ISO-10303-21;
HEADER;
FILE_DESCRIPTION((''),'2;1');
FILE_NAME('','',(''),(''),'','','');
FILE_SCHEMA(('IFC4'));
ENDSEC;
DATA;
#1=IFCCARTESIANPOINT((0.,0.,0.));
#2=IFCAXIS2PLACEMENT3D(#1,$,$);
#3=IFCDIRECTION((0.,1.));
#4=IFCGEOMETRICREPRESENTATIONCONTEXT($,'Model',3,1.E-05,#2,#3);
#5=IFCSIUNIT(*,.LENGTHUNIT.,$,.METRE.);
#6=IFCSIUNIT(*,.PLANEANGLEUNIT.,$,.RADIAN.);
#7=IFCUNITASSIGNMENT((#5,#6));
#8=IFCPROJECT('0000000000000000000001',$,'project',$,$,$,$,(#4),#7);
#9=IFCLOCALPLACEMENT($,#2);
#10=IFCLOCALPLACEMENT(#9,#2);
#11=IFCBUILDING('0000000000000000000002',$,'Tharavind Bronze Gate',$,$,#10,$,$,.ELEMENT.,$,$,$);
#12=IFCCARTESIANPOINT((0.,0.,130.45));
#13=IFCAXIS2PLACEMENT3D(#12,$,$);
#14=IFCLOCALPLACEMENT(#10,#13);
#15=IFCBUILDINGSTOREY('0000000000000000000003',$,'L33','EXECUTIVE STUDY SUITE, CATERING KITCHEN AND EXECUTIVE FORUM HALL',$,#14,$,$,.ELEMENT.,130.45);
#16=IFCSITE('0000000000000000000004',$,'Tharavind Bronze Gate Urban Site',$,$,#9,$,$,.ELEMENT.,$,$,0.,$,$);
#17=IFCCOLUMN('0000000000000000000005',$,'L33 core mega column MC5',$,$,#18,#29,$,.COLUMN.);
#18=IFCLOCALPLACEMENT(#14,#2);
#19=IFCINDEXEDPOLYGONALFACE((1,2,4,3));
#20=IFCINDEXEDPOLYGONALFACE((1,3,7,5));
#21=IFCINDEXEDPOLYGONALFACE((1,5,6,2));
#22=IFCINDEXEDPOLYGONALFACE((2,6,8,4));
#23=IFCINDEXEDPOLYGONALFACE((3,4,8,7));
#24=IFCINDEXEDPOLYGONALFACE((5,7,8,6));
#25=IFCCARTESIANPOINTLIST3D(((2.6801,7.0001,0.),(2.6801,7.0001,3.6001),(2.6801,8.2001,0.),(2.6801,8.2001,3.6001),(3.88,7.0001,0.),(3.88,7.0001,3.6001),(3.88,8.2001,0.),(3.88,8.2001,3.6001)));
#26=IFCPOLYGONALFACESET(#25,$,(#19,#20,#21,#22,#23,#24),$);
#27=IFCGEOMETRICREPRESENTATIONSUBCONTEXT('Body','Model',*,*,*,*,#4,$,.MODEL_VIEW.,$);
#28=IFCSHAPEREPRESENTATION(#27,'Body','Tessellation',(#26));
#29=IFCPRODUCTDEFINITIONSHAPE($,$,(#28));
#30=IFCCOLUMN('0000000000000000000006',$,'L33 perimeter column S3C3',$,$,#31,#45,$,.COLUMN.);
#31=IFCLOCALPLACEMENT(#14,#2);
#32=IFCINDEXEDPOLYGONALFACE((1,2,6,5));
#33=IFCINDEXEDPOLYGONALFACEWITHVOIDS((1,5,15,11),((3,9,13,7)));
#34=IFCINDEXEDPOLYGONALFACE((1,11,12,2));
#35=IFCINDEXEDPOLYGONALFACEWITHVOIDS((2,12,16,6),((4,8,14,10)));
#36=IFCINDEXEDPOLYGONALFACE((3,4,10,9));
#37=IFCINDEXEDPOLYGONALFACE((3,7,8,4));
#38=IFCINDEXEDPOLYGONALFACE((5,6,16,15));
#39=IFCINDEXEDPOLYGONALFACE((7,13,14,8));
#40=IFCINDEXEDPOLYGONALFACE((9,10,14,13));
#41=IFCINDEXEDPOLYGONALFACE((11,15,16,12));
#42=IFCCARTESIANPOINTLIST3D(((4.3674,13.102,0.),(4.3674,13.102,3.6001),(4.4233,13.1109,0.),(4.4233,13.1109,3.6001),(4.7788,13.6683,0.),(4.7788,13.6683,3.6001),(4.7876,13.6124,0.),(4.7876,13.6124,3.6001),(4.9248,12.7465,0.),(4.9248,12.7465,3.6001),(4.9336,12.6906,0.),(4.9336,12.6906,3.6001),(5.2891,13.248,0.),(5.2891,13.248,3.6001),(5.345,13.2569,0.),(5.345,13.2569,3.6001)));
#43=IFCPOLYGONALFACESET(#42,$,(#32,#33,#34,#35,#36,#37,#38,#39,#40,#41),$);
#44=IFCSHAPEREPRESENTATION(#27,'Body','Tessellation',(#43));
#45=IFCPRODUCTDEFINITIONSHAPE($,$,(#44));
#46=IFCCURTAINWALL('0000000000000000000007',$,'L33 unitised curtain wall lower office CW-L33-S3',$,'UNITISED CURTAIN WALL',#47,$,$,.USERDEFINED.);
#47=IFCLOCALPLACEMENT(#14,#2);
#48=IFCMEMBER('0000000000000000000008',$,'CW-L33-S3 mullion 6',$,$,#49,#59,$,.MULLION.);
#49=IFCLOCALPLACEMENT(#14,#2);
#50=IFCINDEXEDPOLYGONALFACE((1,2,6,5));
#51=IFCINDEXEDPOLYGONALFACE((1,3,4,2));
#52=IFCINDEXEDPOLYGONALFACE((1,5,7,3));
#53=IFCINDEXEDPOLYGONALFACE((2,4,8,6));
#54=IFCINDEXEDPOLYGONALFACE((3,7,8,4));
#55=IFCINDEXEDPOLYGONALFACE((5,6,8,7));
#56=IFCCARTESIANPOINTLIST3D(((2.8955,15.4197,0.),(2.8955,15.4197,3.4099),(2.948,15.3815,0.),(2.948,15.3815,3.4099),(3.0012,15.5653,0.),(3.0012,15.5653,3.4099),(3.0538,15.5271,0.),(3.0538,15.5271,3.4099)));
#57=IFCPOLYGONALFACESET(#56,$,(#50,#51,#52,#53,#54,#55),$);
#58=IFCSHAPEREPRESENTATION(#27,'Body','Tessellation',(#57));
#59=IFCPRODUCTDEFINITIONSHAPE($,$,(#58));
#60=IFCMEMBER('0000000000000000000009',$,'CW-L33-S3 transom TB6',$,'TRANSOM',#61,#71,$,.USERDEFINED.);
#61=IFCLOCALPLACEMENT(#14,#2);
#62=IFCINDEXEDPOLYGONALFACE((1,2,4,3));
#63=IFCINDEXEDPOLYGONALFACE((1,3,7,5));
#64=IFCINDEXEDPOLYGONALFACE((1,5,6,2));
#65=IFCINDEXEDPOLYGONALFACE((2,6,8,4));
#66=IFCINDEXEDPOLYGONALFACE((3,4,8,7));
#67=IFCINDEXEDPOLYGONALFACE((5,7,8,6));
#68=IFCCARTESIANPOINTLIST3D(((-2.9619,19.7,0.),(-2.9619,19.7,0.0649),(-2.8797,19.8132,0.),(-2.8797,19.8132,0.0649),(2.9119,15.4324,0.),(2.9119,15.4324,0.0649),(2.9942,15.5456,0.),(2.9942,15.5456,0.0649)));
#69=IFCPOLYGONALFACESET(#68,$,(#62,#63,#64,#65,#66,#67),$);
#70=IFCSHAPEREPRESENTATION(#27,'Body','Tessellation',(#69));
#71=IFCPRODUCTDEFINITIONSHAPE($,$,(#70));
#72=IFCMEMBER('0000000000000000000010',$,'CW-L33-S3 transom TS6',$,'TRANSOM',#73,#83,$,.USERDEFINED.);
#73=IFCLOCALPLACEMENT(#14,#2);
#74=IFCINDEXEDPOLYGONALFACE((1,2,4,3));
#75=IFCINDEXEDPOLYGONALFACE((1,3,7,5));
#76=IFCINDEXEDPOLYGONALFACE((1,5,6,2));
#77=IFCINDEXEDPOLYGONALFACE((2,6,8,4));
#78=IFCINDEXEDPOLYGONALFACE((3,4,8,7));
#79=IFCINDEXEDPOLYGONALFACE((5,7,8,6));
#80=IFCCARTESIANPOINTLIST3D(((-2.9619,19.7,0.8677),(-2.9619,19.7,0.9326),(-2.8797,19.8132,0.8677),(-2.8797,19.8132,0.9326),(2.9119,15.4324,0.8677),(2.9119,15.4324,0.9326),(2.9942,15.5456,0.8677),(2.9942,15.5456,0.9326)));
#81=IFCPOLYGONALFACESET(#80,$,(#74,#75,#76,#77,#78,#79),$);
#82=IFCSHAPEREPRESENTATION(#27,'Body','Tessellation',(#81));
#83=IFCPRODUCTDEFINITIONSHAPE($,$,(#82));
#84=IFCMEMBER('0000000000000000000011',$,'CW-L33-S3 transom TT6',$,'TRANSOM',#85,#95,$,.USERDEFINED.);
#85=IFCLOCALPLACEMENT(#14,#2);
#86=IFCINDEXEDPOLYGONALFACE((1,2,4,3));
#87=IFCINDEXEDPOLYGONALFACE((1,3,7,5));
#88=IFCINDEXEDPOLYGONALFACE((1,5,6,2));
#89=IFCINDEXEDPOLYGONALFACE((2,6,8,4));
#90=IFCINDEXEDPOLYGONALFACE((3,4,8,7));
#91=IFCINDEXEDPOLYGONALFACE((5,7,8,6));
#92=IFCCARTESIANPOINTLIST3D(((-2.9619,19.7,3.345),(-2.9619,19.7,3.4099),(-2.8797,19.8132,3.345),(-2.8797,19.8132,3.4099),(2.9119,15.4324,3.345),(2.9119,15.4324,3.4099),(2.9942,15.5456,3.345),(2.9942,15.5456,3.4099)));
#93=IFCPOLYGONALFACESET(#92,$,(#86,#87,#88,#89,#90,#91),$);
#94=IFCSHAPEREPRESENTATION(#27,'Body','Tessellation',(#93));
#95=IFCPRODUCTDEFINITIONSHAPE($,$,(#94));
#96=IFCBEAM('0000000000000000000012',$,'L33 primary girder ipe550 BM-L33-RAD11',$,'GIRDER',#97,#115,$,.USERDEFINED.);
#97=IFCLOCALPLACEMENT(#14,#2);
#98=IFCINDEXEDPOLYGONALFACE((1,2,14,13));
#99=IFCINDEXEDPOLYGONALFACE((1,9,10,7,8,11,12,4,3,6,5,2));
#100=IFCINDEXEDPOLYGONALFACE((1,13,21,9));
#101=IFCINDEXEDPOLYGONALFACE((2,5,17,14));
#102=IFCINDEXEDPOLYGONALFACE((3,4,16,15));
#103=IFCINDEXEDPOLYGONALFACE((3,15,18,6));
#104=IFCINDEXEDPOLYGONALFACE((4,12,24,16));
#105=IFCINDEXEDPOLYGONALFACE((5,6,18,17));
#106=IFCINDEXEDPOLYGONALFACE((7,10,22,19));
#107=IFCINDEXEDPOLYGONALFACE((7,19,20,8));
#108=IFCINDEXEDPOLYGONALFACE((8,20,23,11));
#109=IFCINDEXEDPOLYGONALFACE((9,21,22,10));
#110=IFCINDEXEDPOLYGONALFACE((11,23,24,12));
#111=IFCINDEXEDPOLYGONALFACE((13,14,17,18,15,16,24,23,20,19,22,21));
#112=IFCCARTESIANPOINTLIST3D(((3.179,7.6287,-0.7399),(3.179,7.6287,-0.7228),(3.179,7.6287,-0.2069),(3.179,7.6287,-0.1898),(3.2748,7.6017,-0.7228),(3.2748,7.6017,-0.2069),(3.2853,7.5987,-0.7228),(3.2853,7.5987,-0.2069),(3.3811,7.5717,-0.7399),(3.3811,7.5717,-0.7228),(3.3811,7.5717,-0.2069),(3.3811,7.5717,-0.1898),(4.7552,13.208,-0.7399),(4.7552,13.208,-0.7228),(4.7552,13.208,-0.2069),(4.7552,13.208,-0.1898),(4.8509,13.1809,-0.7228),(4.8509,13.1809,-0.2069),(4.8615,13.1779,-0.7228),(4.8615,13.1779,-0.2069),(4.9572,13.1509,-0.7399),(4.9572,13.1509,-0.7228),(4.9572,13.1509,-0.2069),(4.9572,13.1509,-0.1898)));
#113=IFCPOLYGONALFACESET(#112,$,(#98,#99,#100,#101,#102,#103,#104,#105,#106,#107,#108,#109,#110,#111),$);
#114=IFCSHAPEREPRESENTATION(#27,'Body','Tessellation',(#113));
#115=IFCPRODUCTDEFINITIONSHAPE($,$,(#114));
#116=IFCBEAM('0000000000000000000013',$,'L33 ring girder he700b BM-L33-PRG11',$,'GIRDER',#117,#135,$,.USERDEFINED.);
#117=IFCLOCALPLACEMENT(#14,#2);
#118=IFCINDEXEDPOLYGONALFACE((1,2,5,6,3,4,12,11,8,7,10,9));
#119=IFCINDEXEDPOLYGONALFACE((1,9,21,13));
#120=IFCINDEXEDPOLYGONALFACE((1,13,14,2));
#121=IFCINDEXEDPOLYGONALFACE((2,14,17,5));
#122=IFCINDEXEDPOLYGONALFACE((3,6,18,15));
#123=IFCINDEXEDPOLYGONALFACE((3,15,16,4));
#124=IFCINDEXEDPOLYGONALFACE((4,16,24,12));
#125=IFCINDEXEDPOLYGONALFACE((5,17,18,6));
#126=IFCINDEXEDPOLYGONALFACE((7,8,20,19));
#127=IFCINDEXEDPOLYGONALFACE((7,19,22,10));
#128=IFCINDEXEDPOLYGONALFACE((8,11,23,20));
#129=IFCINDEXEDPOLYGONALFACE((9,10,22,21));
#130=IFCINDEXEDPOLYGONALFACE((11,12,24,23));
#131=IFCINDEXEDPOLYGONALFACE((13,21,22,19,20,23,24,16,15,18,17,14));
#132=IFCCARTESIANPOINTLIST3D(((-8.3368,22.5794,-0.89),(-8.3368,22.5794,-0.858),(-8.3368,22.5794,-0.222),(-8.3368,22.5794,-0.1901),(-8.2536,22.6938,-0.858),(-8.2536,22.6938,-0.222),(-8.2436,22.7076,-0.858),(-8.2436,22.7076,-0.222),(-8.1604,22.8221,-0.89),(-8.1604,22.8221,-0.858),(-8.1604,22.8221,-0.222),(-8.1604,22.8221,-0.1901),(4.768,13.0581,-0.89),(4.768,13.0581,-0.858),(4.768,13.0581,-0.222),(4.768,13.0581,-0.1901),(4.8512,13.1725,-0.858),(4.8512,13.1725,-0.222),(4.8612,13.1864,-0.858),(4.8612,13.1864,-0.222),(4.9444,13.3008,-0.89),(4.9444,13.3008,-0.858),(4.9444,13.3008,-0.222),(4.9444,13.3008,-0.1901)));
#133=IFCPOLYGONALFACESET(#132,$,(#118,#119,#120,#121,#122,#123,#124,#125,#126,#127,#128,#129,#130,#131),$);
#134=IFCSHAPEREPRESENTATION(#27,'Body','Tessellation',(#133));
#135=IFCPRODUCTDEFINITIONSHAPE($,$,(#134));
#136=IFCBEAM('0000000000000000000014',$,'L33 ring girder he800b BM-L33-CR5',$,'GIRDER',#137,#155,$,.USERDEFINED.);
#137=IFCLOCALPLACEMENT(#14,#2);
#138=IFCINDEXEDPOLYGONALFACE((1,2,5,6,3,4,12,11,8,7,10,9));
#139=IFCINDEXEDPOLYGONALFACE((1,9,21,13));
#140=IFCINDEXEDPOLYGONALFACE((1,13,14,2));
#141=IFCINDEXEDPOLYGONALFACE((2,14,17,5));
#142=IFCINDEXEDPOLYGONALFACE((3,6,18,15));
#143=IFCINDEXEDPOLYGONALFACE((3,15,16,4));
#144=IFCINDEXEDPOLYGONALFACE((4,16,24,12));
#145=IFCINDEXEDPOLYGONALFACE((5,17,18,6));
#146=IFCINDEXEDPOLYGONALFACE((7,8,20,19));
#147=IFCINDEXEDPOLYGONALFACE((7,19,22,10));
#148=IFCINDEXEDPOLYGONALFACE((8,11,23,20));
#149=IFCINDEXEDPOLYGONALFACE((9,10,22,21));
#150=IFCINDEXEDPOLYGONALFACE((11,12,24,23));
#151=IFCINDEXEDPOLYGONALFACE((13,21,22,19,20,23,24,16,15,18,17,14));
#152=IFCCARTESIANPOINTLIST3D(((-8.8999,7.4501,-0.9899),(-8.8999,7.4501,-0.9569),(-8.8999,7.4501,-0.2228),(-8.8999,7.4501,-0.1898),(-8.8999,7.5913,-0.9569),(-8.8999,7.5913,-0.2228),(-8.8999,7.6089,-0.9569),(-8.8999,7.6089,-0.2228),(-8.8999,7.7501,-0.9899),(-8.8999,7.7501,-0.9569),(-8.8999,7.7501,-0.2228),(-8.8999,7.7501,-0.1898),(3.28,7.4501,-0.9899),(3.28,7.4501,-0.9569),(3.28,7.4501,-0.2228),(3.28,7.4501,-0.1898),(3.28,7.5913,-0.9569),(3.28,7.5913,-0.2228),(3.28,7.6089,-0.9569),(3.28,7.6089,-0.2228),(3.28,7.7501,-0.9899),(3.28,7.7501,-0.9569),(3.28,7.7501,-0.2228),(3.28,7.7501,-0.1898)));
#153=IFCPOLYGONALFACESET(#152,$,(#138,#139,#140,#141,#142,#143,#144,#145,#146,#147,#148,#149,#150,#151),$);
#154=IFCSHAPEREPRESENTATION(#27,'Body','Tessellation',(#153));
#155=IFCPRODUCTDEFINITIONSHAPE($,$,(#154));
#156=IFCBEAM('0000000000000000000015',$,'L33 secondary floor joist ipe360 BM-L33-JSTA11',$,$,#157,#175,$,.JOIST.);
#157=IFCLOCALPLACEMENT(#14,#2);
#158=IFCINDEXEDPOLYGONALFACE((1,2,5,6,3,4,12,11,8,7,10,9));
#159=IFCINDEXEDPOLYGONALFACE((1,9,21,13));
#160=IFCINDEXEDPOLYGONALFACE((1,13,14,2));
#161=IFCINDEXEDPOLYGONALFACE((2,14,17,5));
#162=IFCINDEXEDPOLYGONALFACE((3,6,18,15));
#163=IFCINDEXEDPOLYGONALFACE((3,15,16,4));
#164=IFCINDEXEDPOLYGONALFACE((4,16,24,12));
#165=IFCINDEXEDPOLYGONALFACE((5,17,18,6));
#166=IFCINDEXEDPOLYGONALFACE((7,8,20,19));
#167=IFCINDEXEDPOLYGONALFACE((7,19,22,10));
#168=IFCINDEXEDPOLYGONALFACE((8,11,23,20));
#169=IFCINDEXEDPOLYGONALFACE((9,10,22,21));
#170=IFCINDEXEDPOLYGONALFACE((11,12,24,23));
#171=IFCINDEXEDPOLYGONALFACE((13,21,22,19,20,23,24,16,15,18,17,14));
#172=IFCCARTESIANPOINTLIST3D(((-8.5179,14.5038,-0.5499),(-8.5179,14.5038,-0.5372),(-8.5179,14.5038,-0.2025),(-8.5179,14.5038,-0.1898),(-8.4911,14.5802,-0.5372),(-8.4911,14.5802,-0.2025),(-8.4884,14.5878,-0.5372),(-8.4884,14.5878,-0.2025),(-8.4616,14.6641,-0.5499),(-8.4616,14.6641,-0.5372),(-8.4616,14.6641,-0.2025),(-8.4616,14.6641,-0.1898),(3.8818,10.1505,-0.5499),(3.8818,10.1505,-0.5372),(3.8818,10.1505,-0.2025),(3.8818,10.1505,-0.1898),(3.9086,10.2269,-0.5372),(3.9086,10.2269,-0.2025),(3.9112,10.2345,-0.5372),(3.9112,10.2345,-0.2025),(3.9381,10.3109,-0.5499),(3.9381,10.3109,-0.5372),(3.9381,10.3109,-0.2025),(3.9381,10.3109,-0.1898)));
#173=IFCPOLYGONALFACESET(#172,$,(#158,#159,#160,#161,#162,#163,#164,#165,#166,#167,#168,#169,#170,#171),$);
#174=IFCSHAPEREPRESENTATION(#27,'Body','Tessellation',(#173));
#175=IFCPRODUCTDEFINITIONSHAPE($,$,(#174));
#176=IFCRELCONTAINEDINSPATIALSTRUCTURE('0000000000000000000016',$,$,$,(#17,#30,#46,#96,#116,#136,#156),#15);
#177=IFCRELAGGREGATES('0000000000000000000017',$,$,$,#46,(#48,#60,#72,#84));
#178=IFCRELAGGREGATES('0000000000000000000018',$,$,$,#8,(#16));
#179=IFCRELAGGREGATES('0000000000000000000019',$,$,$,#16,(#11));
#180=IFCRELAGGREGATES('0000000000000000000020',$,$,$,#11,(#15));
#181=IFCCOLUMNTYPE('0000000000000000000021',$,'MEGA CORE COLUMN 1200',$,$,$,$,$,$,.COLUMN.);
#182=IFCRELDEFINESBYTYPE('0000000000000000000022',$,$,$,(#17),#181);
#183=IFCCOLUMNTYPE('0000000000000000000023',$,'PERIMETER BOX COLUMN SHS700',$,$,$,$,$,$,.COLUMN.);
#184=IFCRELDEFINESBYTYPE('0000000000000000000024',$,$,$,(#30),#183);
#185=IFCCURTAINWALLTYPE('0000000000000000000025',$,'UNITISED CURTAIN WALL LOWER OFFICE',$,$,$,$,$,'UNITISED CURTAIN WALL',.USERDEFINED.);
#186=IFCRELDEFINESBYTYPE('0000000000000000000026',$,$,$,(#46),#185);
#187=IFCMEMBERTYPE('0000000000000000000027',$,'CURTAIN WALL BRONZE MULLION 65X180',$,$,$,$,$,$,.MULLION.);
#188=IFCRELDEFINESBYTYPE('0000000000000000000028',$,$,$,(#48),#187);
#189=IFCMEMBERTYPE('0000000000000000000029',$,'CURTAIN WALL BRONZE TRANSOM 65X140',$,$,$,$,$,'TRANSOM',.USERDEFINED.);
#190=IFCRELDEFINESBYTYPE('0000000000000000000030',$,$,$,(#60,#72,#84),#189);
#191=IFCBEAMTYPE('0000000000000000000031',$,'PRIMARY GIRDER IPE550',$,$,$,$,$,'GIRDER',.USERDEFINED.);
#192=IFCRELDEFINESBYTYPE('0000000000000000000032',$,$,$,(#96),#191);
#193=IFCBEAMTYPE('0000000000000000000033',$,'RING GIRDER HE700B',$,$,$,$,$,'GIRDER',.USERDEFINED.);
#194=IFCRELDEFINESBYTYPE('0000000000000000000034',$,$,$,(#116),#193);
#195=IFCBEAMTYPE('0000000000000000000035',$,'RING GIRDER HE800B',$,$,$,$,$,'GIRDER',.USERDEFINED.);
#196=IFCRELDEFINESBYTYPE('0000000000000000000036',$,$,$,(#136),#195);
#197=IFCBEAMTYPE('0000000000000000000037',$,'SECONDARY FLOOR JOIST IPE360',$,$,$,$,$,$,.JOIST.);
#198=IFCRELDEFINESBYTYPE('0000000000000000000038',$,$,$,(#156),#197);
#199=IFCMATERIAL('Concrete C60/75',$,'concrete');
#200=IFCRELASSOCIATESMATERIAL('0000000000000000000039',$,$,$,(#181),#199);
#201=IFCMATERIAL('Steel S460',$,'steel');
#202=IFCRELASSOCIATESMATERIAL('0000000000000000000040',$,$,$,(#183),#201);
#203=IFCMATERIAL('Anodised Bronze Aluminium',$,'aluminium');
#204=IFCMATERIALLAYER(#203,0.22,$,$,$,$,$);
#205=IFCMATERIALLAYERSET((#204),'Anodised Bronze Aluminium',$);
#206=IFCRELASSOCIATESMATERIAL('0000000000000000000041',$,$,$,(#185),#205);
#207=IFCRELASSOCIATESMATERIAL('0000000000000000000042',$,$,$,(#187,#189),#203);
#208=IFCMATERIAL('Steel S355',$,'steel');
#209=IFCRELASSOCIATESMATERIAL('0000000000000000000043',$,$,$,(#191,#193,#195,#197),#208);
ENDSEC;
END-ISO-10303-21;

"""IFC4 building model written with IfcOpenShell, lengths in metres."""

from ifc_helpers import new_model, si_unit, direction, frame, origin, origin_2d, place, context, subcontext, project, spatial, rectangle, hollow_rectangle, i_section, extrude, material, layer, layer_set, material_profile, profile_set, type_object, element, aggregate, save


model = new_model("IFC4")

# Units and contexts
model_context = context("Model", 3, precision=1e-05, world=origin(), true_north=direction((0.0, 1.0)))
body_context = subcontext(model_context, "Body", "Model", "MODEL_VIEW")
ifc_project = project(units=[si_unit("LENGTHUNIT", "METRE"), si_unit("PLANEANGLEUNIT", "RADIAN")], contexts=[model_context])

# Site, building, storey
site_placement = place(None, origin())
site = spatial("IfcSite", under=ifc_project, at=site_placement, Name="Tharavind Bronze Gate Urban Site", CompositionType="ELEMENT", RefElevation=0.0)
building_placement = place(site_placement, origin())
building = spatial("IfcBuilding", under=site, at=building_placement, Name="Tharavind Bronze Gate", CompositionType="ELEMENT")
storey_placement = place(building_placement, frame((0.0, 0.0, 130.45)))
storey = spatial("IfcBuildingStorey", under=building, at=storey_placement, Name="L33", Description="EXECUTIVE STUDY SUITE, CATERING KITCHEN AND EXECUTIVE FORUM HALL", CompositionType="ELEMENT", Elevation=130.45)

# Columns
ifc_material_1 = material(Name="Concrete C60/75", Category="concrete")
ifc_material_profile_1 = material_profile(ifc_material_1, rectangle(XDim=1.2, YDim=1.2, at=origin_2d()), Name="RCCOL1200")
ifc_profile_set_1 = profile_set([ifc_material_profile_1], Name="Concrete C60/75")
column_type_1 = type_object("IfcColumnType", Name="MEGA CORE COLUMN 1200", PredefinedType="COLUMN", material=ifc_profile_set_1)
column_1_placement = place(storey_placement, frame((3.28, 7.6001, 0.0), z_axis=(0.0, 0.0, 1.0), x_axis=(1.0, 0.0, 0.0)))
element("IfcColumn", 1, at=column_1_placement, inside=storey, type_object=column_type_1, Name="L33 core mega column MC5", PredefinedType="COLUMN", context=body_context, shape_type="SweptSolid", body=[
    extrude(rectangle(XDim=1.2, YDim=1.2, at=origin_2d()), origin(), (0.0, 0.0, 1.0), 3.6001),
])
ifc_material_2 = material(Name="Steel S460", Category="steel")
ifc_material_profile_2 = material_profile(ifc_material_2, hollow_rectangle(XDim=0.7, YDim=0.7, WallThickness=0.04, at=origin_2d()), Name="SHS700X40")
ifc_profile_set_2 = profile_set([ifc_material_profile_2], Name="Steel S460")
column_type_2 = type_object("IfcColumnType", Name="PERIMETER BOX COLUMN SHS700", PredefinedType="COLUMN", material=ifc_profile_set_2)
column_2_placement = place(storey_placement, frame((4.8562, 13.1794, 0.0), z_axis=(0.0, 0.0, 1.0), x_axis=(-0.809017, 0.587785, 0.0)))
element("IfcColumn", 2, at=column_2_placement, inside=storey, type_object=column_type_2, Name="L33 perimeter column S3C3", PredefinedType="COLUMN", context=body_context, shape_type="SweptSolid", body=[
    extrude(hollow_rectangle(XDim=0.7, YDim=0.7, WallThickness=0.04, at=origin_2d()), origin(), (0.0, 0.0, 1.0), 3.6001),
])

# Curtain wall, members
ifc_material_3 = material(Name="Anodised Bronze Aluminium", Category="aluminium")
ifc_layer_1 = layer(ifc_material_3, 0.22)
ifc_layer_set_1 = layer_set([ifc_layer_1], Name="Anodised Bronze Aluminium")
curtain_wall_type = type_object("IfcCurtainWallType", Name="UNITISED CURTAIN WALL LOWER OFFICE", ElementType="UNITISED CURTAIN WALL", PredefinedType="USERDEFINED", material=ifc_layer_set_1)
curtain_wall_placement = place(storey_placement, origin())
curtain_wall = element("IfcCurtainWall", 3, at=curtain_wall_placement, inside=storey, type_object=curtain_wall_type, Name="L33 unitised curtain wall lower office CW-L33-S3", ObjectType="UNITISED CURTAIN WALL", PredefinedType="USERDEFINED")
member_type_1 = type_object("IfcMemberType", Name="CURTAIN WALL BRONZE MULLION 65X180", PredefinedType="MULLION", material=ifc_material_3)
member_1_placement = place(storey_placement, frame((2.9746, 15.4734, 0.0), z_axis=(0.0, 0.0, 1.0), x_axis=(-0.809017, 0.587785, 0.0)))
member_1 = element("IfcMember", 4, at=member_1_placement, type_object=member_type_1, Name="CW-L33-S3 mullion 6", PredefinedType="MULLION", context=body_context, shape_type="SweptSolid", body=[
    extrude(rectangle(XDim=0.0649, YDim=0.1799, at=origin_2d()), origin(), (0.0, 0.0, 1.0), 3.4099),
])
member_type_2 = type_object("IfcMemberType", Name="CURTAIN WALL BRONZE TRANSOM 65X140", ElementType="TRANSOM", PredefinedType="USERDEFINED", material=ifc_material_3)
member_2_placement = place(storey_placement, frame((0.0161, 17.6228, 0.0), z_axis=(0.0, 0.0, 1.0), x_axis=(-0.809017, 0.587785, 0.0)))
member_2 = element("IfcMember", 5, at=member_2_placement, type_object=member_type_2, Name="CW-L33-S3 transom TB6", ObjectType="TRANSOM", PredefinedType="USERDEFINED", context=body_context, shape_type="SweptSolid", body=[
    extrude(rectangle(XDim=7.2605, YDim=0.1399, at=origin_2d()), origin(), (0.0, 0.0, 1.0), 0.0649),
])
member_3_placement = place(storey_placement, frame((0.0161, 17.6228, 0.8677), z_axis=(0.0, 0.0, 1.0), x_axis=(-0.809017, 0.587785, 0.0)))
member_3 = element("IfcMember", 6, at=member_3_placement, type_object=member_type_2, Name="CW-L33-S3 transom TS6", ObjectType="TRANSOM", PredefinedType="USERDEFINED", context=body_context, shape_type="SweptSolid", body=[
    extrude(rectangle(XDim=7.2605, YDim=0.1399, at=origin_2d()), origin(), (0.0, 0.0, 1.0), 0.0649),
])
member_4_placement = place(storey_placement, frame((0.0161, 17.6228, 3.345), z_axis=(0.0, 0.0, 1.0), x_axis=(-0.809017, 0.587785, 0.0)))
member_4 = element("IfcMember", 7, at=member_4_placement, type_object=member_type_2, Name="CW-L33-S3 transom TT6", ObjectType="TRANSOM", PredefinedType="USERDEFINED", context=body_context, shape_type="SweptSolid", body=[
    extrude(rectangle(XDim=7.2605, YDim=0.1399, at=origin_2d()), origin(), (0.0, 0.0, 1.0), 0.0649),
])

# Beams
ifc_material_4 = material(Name="Steel S355", Category="steel")
ifc_material_profile_3 = material_profile(ifc_material_4, i_section(OverallWidth=0.21, OverallDepth=0.55, WebThickness=0.011, FlangeThickness=0.0171, at=origin_2d()), Name="IPE550")
ifc_profile_set_3 = profile_set([ifc_material_profile_3], Name="Steel S355")
beam_type_1 = type_object("IfcBeamType", Name="PRIMARY GIRDER IPE550", ElementType="GIRDER", PredefinedType="USERDEFINED", material=ifc_profile_set_3)
beam_1_placement = place(storey_placement, frame((4.8562, 13.1794, -0.4648), z_axis=(-0.271861, -0.962336, 0.0), x_axis=(0.962336, -0.271861, 0.0)))
element("IfcBeam", 8, at=beam_1_placement, inside=storey, type_object=beam_type_1, Name="L33 primary girder ipe550 BM-L33-RAD11", ObjectType="GIRDER", PredefinedType="USERDEFINED", context=body_context, shape_type="SweptSolid", body=[
    extrude(i_section(OverallWidth=0.21, OverallDepth=0.55, WebThickness=0.011, FlangeThickness=0.0171, at=origin_2d()), origin(), (0.0, 0.0, 1.0), 5.7976),
])
ifc_material_profile_4 = material_profile(ifc_material_4, i_section(OverallWidth=0.3, OverallDepth=0.7, WebThickness=0.0171, FlangeThickness=0.032, at=origin_2d()), Name="HE700B")
ifc_profile_set_4 = profile_set([ifc_material_profile_4], Name="Steel S355")
beam_type_2 = type_object("IfcBeamType", Name="RING GIRDER HE700B", ElementType="GIRDER", PredefinedType="USERDEFINED", material=ifc_profile_set_4)
beam_2_placement = place(storey_placement, frame((4.8562, 13.1794, -0.54), z_axis=(-0.809014, 0.587789, 0.0), x_axis=(-0.587789, -0.809014, 0.0)))
element("IfcBeam", 9, at=beam_2_placement, inside=storey, type_object=beam_type_2, Name="L33 ring girder he700b BM-L33-PRG11", ObjectType="GIRDER", PredefinedType="USERDEFINED", context=body_context, shape_type="SweptSolid", body=[
    extrude(i_section(OverallWidth=0.3, OverallDepth=0.7, WebThickness=0.0171, FlangeThickness=0.032, at=origin_2d()), origin(), (0.0, 0.0, 1.0), 16.1985),
])
ifc_material_profile_5 = material_profile(ifc_material_4, i_section(OverallWidth=0.3, OverallDepth=0.8, WebThickness=0.0176, FlangeThickness=0.033, at=origin_2d()), Name="HE800B")
ifc_profile_set_5 = profile_set([ifc_material_profile_5], Name="Steel S355")
beam_type_3 = type_object("IfcBeamType", Name="RING GIRDER HE800B", ElementType="GIRDER", PredefinedType="USERDEFINED", material=ifc_profile_set_5)
beam_3_placement = place(storey_placement, frame((3.28, 7.6001, -0.5898), z_axis=(-1.0, 0.0, 0.0), x_axis=(0.0, -1.0, 0.0)))
element("IfcBeam", 10, at=beam_3_placement, inside=storey, type_object=beam_type_3, Name="L33 ring girder he800b BM-L33-CR5", ObjectType="GIRDER", PredefinedType="USERDEFINED", context=body_context, shape_type="SweptSolid", body=[
    extrude(i_section(OverallWidth=0.3, OverallDepth=0.8, WebThickness=0.0176, FlangeThickness=0.033, at=origin_2d()), origin(), (0.0, 0.0, 1.0), 12.1799),
])
ifc_material_profile_6 = material_profile(ifc_material_4, i_section(OverallWidth=0.1699, OverallDepth=0.3601, WebThickness=0.0081, FlangeThickness=0.0127, at=origin_2d()), Name="IPE360")
ifc_profile_set_6 = profile_set([ifc_material_profile_6], Name="Steel S355")
beam_type_4 = type_object("IfcBeamType", Name="SECONDARY FLOOR JOIST IPE360", PredefinedType="JOIST", material=ifc_profile_set_6)
beam_4_placement = place(storey_placement, frame((3.9099, 10.2307, -0.3699), z_axis=(-0.94354, 0.331258, 0.0), x_axis=(-0.331258, -0.94354, 0.0)))
element("IfcBeam", 11, at=beam_4_placement, inside=storey, type_object=beam_type_4, Name="L33 secondary floor joist ipe360 BM-L33-JSTA11", PredefinedType="JOIST", context=body_context, shape_type="SweptSolid", body=[
    extrude(i_section(OverallWidth=0.1699, OverallDepth=0.3601, WebThickness=0.0081, FlangeThickness=0.0127, at=origin_2d()), origin(), (0.0, 0.0, 1.0), 13.1416),
])

aggregate(curtain_wall, [member_1, member_2, member_3, member_4])

save(model, "model.ifc")
